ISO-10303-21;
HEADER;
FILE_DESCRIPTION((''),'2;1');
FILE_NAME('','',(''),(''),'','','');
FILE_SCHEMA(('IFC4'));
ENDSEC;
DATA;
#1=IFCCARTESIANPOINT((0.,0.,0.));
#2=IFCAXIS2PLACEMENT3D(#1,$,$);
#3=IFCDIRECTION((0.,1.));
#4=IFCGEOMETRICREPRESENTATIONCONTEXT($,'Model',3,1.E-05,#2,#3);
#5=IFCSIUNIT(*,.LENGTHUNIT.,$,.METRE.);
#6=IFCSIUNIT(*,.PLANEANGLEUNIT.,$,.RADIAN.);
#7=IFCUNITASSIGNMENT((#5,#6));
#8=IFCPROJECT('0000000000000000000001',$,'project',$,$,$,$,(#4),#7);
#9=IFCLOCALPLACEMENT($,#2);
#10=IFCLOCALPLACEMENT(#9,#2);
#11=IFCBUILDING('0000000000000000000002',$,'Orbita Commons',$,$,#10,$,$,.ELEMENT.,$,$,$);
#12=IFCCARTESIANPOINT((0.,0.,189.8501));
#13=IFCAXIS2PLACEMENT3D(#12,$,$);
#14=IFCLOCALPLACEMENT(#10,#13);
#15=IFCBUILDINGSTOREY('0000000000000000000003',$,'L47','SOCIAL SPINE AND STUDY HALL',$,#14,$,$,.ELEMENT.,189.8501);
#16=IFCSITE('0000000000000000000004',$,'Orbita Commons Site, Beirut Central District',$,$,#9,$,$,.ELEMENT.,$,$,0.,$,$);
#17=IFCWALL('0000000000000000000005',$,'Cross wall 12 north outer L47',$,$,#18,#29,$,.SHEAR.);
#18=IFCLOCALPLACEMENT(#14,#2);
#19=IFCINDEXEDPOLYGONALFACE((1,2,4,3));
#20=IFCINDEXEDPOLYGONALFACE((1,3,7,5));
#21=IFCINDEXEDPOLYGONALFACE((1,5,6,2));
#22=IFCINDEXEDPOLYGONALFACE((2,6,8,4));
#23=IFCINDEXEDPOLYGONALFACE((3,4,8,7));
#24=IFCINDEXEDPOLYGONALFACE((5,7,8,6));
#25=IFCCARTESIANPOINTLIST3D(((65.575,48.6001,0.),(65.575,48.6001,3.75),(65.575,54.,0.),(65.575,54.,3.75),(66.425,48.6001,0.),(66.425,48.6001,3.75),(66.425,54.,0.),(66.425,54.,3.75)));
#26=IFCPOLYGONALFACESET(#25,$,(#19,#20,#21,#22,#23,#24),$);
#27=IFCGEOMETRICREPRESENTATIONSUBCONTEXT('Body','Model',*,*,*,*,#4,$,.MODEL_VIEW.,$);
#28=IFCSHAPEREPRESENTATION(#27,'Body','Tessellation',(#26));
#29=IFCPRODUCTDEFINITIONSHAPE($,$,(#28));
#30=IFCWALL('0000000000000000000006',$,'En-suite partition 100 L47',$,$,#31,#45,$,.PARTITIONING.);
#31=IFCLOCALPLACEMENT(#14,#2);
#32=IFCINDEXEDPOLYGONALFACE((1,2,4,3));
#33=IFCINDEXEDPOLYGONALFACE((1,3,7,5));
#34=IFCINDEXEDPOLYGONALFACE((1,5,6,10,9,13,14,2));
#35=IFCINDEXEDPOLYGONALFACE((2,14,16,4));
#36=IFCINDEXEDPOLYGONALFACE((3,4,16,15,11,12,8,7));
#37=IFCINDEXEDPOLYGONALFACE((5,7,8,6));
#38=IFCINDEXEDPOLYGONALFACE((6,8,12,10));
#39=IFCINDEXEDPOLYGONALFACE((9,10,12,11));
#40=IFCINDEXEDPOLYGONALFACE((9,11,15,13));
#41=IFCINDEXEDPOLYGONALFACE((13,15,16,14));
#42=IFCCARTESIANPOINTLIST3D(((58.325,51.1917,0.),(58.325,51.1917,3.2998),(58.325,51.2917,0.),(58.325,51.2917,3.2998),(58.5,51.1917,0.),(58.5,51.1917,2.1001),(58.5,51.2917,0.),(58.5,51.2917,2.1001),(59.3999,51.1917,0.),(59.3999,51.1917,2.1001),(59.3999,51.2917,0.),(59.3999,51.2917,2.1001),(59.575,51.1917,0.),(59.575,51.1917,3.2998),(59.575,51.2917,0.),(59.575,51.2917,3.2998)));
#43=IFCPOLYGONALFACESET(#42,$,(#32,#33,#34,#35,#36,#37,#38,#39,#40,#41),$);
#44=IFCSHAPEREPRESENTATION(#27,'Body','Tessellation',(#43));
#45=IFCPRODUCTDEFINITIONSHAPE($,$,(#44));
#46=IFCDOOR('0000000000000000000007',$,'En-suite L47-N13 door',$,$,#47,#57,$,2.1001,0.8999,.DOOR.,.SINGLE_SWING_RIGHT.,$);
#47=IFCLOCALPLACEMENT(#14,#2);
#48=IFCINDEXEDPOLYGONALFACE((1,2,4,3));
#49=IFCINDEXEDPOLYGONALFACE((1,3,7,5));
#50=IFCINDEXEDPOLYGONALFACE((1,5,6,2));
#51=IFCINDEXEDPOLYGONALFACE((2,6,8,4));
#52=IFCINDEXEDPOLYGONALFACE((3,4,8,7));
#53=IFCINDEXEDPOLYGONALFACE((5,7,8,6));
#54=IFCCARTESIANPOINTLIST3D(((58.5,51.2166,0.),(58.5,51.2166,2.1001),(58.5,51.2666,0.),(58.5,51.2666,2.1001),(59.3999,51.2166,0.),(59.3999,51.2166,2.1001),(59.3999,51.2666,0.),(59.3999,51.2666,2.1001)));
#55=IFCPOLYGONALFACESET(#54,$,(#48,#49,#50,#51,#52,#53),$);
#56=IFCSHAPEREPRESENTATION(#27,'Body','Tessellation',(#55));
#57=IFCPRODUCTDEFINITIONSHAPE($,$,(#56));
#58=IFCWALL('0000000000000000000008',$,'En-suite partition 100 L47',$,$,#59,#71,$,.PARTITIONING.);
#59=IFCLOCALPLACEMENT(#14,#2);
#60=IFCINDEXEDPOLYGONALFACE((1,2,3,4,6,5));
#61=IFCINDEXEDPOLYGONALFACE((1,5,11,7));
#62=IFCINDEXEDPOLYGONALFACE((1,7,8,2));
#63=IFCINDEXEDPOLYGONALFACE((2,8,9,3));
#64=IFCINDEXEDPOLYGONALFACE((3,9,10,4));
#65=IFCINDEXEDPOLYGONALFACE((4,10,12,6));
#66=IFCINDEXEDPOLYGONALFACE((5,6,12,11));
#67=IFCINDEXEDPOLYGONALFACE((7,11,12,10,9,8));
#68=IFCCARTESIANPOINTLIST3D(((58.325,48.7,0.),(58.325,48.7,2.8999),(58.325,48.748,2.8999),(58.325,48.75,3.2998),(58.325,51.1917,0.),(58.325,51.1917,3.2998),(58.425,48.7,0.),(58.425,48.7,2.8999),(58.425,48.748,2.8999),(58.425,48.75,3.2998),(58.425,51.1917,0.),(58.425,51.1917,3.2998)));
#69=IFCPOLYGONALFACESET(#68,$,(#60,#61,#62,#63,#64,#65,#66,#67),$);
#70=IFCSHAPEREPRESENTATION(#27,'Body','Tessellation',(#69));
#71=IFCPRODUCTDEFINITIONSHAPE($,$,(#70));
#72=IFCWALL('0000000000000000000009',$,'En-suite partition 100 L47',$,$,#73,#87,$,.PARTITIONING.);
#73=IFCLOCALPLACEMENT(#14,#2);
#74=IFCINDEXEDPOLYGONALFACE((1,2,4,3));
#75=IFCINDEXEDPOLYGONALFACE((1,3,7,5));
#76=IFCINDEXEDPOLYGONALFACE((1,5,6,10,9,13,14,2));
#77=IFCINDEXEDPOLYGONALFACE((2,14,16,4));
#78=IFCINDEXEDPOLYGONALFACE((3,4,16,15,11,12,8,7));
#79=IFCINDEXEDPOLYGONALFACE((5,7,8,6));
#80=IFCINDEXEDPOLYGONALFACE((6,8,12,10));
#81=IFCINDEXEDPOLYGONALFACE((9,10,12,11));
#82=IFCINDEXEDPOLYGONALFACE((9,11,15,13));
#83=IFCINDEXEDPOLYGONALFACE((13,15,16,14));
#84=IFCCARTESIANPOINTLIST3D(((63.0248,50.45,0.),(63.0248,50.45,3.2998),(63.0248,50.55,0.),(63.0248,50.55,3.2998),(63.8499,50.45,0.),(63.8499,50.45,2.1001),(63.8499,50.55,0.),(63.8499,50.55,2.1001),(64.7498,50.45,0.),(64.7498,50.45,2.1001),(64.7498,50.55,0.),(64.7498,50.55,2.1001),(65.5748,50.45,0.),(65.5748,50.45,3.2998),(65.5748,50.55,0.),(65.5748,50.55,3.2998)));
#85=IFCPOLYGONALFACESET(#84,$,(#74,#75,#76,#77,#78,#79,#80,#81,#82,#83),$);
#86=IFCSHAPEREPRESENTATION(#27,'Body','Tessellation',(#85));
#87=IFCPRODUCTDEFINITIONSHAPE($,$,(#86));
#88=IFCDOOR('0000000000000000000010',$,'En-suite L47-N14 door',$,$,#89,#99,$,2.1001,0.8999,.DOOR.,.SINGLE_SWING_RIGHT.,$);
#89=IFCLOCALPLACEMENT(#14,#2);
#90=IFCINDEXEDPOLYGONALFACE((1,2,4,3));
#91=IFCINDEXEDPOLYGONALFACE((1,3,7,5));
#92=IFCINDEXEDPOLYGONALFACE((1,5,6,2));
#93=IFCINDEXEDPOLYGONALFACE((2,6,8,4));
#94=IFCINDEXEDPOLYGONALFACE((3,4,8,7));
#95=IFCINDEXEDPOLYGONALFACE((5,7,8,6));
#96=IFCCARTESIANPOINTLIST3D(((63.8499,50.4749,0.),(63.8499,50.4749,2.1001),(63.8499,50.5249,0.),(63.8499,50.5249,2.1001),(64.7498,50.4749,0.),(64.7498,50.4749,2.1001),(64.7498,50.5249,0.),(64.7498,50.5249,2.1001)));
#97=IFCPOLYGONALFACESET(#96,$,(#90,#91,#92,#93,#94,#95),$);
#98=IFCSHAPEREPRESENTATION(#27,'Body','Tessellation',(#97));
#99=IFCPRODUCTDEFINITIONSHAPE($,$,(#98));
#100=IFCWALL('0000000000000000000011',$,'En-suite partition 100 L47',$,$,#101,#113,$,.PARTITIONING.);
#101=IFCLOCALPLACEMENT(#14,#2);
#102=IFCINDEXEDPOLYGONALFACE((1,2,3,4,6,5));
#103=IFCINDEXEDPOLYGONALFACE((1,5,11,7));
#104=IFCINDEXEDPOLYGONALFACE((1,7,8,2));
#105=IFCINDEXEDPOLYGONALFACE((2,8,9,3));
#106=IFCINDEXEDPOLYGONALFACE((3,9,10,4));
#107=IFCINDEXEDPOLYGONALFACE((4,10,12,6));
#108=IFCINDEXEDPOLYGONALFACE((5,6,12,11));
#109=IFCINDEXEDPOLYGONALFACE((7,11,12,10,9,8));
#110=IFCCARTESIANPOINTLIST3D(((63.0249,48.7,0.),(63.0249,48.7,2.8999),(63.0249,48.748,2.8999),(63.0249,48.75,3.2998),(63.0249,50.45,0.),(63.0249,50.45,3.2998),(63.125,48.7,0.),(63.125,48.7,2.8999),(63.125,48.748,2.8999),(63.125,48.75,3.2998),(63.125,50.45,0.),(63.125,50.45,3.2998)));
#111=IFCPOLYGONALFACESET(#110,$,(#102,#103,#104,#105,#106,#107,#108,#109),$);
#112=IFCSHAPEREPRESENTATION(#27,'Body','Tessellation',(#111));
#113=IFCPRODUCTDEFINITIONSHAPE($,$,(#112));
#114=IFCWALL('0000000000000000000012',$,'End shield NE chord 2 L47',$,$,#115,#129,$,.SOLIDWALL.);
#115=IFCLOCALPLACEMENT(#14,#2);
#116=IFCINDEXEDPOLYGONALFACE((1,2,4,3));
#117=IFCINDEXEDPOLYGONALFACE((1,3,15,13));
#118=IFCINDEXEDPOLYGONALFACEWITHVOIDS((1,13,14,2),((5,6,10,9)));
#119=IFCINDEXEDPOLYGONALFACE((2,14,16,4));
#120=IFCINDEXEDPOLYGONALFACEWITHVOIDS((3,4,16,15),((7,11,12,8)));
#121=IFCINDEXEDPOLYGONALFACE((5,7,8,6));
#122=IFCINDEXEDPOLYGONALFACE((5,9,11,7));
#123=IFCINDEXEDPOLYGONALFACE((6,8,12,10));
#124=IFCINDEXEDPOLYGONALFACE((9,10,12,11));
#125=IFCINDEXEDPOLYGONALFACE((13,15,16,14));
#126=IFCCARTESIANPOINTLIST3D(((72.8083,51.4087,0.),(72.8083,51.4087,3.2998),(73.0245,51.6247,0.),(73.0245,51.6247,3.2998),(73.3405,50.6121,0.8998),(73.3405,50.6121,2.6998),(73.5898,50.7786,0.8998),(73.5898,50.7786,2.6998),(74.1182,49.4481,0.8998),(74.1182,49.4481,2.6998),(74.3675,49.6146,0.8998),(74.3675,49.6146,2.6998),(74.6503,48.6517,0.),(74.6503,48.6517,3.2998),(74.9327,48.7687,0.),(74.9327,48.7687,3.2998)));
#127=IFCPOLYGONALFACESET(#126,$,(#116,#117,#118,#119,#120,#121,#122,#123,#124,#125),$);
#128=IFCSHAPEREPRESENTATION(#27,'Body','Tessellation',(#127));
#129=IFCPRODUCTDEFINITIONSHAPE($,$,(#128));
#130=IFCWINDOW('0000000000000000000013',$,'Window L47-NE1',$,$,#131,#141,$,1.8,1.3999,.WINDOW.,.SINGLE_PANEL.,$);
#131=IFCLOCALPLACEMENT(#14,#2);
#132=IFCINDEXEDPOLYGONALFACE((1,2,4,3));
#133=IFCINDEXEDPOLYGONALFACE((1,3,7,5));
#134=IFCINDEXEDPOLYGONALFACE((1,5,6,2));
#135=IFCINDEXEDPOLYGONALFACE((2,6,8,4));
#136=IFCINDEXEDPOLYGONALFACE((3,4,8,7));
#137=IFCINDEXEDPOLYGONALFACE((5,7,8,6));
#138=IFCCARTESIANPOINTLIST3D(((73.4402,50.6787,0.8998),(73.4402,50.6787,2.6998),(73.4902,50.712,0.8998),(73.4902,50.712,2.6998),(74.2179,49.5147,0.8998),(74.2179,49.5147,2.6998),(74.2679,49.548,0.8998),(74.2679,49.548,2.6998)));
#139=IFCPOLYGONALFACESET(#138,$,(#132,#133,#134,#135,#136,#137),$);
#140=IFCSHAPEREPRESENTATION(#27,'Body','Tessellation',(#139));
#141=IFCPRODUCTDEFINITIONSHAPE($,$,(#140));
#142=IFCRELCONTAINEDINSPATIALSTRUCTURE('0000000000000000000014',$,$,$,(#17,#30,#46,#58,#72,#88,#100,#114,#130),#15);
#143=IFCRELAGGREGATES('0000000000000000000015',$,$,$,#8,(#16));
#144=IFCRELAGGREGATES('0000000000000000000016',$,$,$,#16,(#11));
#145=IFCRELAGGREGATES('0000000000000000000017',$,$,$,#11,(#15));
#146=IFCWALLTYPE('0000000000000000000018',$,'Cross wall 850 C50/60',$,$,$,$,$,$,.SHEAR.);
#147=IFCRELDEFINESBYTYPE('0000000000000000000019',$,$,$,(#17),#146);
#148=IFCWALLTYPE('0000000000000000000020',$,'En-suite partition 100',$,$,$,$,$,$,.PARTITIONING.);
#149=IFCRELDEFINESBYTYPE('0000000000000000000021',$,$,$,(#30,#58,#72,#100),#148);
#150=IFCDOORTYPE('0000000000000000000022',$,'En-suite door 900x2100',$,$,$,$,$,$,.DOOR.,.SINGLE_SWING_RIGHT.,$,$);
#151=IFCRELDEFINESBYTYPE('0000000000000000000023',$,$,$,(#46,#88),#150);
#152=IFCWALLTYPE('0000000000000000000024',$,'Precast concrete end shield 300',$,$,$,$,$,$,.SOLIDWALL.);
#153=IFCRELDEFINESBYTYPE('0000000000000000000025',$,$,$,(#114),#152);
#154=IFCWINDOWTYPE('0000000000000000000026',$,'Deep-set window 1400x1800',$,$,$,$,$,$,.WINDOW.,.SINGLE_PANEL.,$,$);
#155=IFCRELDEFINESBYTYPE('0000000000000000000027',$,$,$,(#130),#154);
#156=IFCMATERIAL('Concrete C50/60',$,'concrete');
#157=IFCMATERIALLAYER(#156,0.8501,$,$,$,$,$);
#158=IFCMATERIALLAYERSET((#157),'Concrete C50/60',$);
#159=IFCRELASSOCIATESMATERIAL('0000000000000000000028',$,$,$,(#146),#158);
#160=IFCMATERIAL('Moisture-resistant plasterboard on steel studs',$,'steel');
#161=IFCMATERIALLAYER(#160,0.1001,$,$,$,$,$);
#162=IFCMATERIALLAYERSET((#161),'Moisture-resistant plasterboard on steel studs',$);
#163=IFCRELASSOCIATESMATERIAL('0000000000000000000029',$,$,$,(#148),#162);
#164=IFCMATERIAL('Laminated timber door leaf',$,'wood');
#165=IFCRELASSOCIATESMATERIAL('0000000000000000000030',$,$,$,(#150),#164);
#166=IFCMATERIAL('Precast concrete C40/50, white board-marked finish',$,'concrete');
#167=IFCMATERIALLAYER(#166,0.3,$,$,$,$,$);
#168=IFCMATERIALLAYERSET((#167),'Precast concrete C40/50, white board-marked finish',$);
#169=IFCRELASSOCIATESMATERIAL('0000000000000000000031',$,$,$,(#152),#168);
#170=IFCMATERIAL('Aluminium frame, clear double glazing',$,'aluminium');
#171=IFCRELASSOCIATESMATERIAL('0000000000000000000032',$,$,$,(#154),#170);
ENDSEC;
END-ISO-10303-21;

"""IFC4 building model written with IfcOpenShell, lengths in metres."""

from ifc_helpers import new_model, si_unit, direction, frame, frame_2d, origin, place, context, subcontext, project, spatial, polyline, rectangle, outline, extrude, material, layer, layer_set, type_object, element, fill, save


model = new_model("IFC4")

# Units and contexts
model_context = context("Model", 3, precision=1e-05, world=origin(), true_north=direction((0.0, 1.0)))
body_context = subcontext(model_context, "Body", "Model", "MODEL_VIEW")
ifc_project = project(units=[si_unit("LENGTHUNIT", "METRE"), si_unit("PLANEANGLEUNIT", "RADIAN")], contexts=[model_context])

# Site, building, storey
site_placement = place(None, origin())
site = spatial("IfcSite", under=ifc_project, at=site_placement, Name="Orbita Commons Site, Beirut Central District", CompositionType="ELEMENT", RefElevation=0.0)
building_placement = place(site_placement, origin())
building = spatial("IfcBuilding", under=site, at=building_placement, Name="Orbita Commons", CompositionType="ELEMENT")
storey_placement = place(building_placement, frame((0.0, 0.0, 189.8501)))
storey = spatial("IfcBuildingStorey", under=building, at=storey_placement, Name="L47", Description="SOCIAL SPINE AND STUDY HALL", CompositionType="ELEMENT", Elevation=189.8501)

# Wall
ifc_material_1 = material(Name="Concrete C50/60", Category="concrete")
ifc_layer_1 = layer(ifc_material_1, 0.8501)
ifc_layer_set_1 = layer_set([ifc_layer_1], Name="Concrete C50/60")
wall_type_1 = type_object("IfcWallType", Name="Cross wall 850 C50/60", PredefinedType="SHEAR", material=ifc_layer_set_1)
for number, where, z_axis, x_axis, name in (
    (1, (66.0, 48.6001, 0.0), (0.0, 0.0, 1.0), (0.0, 1.0, 0.0), "Cross wall 12 north outer L47"),
):
    element("IfcWall", number, at=place(storey_placement, frame(where, z_axis=z_axis, x_axis=x_axis)), inside=storey, type_object=wall_type_1, Name=name, PredefinedType="SHEAR", context=body_context, shape_type="SweptSolid", body=[
        extrude(rectangle(XDim=5.3999, YDim=0.8501, at=frame_2d((2.7, 0.0))), origin(), (0.0, 0.0, 1.0), 3.75),
    ])

# Wall, opening, door
ifc_material_2 = material(Name="Moisture-resistant plasterboard on steel studs", Category="steel")
ifc_layer_2 = layer(ifc_material_2, 0.1001)
ifc_layer_set_2 = layer_set([ifc_layer_2], Name="Moisture-resistant plasterboard on steel studs")
wall_type_2 = type_object("IfcWallType", Name="En-suite partition 100", PredefinedType="PARTITIONING", material=ifc_layer_set_2)
wall_1_placement = place(storey_placement, frame((58.325, 51.2417, 0.0), z_axis=(0.0, 0.0, 1.0), x_axis=(1.0, 0.0, 0.0)))
wall_1 = element("IfcWall", 2, at=wall_1_placement, inside=storey, type_object=wall_type_2, Name="En-suite partition 100 L47", PredefinedType="PARTITIONING", context=body_context, shape_type="SweptSolid", body=[
    extrude(rectangle(XDim=1.25, YDim=0.1001, at=frame_2d((0.625, 0.0))), origin(), (0.0, 0.0, 1.0), 3.2998),
])
opening_1_placement = place(wall_1_placement, frame((0.175, 0.0, 0.0)))
opening_1 = element("IfcOpeningElement", 3, at=opening_1_placement, cuts=wall_1, PredefinedType="OPENING", context=body_context, shape_type="SweptSolid", body=[
    extrude(rectangle(XDim=0.8999, YDim=2.1001, at=frame_2d((0.45, 1.05))), frame((0.0, 0.0601, 0.0), z_axis=(0.0, -1.0, 0.0), x_axis=(1.0, 0.0, 0.0)), (0.0, 0.0, 1.0), 0.1201),
])
ifc_material_3 = material(Name="Laminated timber door leaf", Category="wood")
door_type_1 = type_object("IfcDoorType", Name="En-suite door 900x2100", OperationType="SINGLE_SWING_RIGHT", PredefinedType="DOOR", material=ifc_material_3)
door_1_placement = place(opening_1_placement, origin())
door_1 = element("IfcDoor", 4, at=door_1_placement, inside=storey, type_object=door_type_1, Name="En-suite L47-N13 door", OperationType="SINGLE_SWING_RIGHT", OverallHeight=2.1001, OverallWidth=0.8999, PredefinedType="DOOR", context=body_context, shape_type="SweptSolid", body=[
    extrude(rectangle(XDim=0.8999, YDim=2.1001, at=frame_2d((0.45, 1.05))), frame((0.0, 0.0249, 0.0), z_axis=(0.0, -1.0, 0.0), x_axis=(1.0, 0.0, 0.0)), (0.0, 0.0, 1.0), 0.05),
])
fill(opening_1, door_1)

# Wall
wall_2_placement = place(storey_placement, frame((58.375, 51.1917, 0.0), z_axis=(0.0, 0.0, 1.0), x_axis=(0.0, -1.0, 0.0)))
element("IfcWall", 5, at=wall_2_placement, inside=storey, type_object=wall_type_2, Name="En-suite partition 100 L47", PredefinedType="PARTITIONING", context=body_context, shape_type="SweptSolid", body=[
    extrude(outline(polyline([(0.0, 0.0), (2.4917, 0.0), (2.4917, 2.8999), (2.4436, 2.8999), (2.4417, 3.2998), (0.0, 3.2998), (0.0, 0.0)])), frame((0.0, 0.05, 0.0), z_axis=(0.0, -1.0, 0.0), x_axis=(1.0, 0.0, 0.0)), (0.0, 0.0, 1.0), 0.1001),
])

# Wall, opening, door
wall_3_placement = place(storey_placement, frame((63.0249, 50.5, 0.0), z_axis=(0.0, 0.0, 1.0), x_axis=(1.0, 0.0, 0.0)))
wall_3 = element("IfcWall", 6, at=wall_3_placement, inside=storey, type_object=wall_type_2, Name="En-suite partition 100 L47", PredefinedType="PARTITIONING", context=body_context, shape_type="SweptSolid", body=[
    extrude(rectangle(XDim=2.55, YDim=0.1001, at=frame_2d((1.2749, 0.0))), origin(), (0.0, 0.0, 1.0), 3.2998),
])
opening_2_placement = place(wall_3_placement, frame((0.825, 0.0, 0.0)))
opening_2 = element("IfcOpeningElement", 7, at=opening_2_placement, cuts=wall_3, PredefinedType="OPENING", context=body_context, shape_type="SweptSolid", body=[
    extrude(rectangle(XDim=0.8999, YDim=2.1001, at=frame_2d((0.45, 1.05))), frame((0.0, 0.0601, 0.0), z_axis=(0.0, -1.0, 0.0), x_axis=(1.0, 0.0, 0.0)), (0.0, 0.0, 1.0), 0.1201),
])
door_2_placement = place(opening_2_placement, origin())
door_2 = element("IfcDoor", 8, at=door_2_placement, inside=storey, type_object=door_type_1, Name="En-suite L47-N14 door", OperationType="SINGLE_SWING_RIGHT", OverallHeight=2.1001, OverallWidth=0.8999, PredefinedType="DOOR", context=body_context, shape_type="SweptSolid", body=[
    extrude(rectangle(XDim=0.8999, YDim=2.1001, at=frame_2d((0.45, 1.05))), frame((0.0, 0.0249, 0.0), z_axis=(0.0, -1.0, 0.0), x_axis=(1.0, 0.0, 0.0)), (0.0, 0.0, 1.0), 0.05),
])
fill(opening_2, door_2)

# Wall
wall_4_placement = place(storey_placement, frame((63.075, 50.45, 0.0), z_axis=(0.0, 0.0, 1.0), x_axis=(0.0, -1.0, 0.0)))
element("IfcWall", 9, at=wall_4_placement, inside=storey, type_object=wall_type_2, Name="En-suite partition 100 L47", PredefinedType="PARTITIONING", context=body_context, shape_type="SweptSolid", body=[
    extrude(outline(polyline([(0.0, 0.0), (1.75, 0.0), (1.75, 2.8999), (1.7019, 2.8999), (1.7, 3.2998), (0.0, 3.2998), (0.0, 0.0)])), frame((0.0, 0.05, 0.0), z_axis=(0.0, -1.0, 0.0), x_axis=(1.0, 0.0, 0.0)), (0.0, 0.0, 1.0), 0.1001),
])

# Wall, opening, window
ifc_material_4 = material(Name="Precast concrete C40/50, white board-marked finish", Category="concrete")
ifc_layer_3 = layer(ifc_material_4, 0.3)
ifc_layer_set_3 = layer_set([ifc_layer_3], Name="Precast concrete C40/50, white board-marked finish")
wall_type_3 = type_object("IfcWallType", Name="Precast concrete end shield 300", PredefinedType="SOLIDWALL", material=ifc_layer_set_3)
wall_5_placement = place(storey_placement, frame((74.7915, 48.7102, 0.0), z_axis=(0.0, 0.0, 1.0), x_axis=(-0.555535, 0.831493, 0.0)))
wall_5 = element("IfcWall", 10, at=wall_5_placement, inside=storey, type_object=wall_type_3, Name="End shield NE chord 2 L47", PredefinedType="SOLIDWALL", context=body_context, shape_type="SweptSolid", body=[
    extrude(outline(polyline([(-0.0298, -0.1499), (3.405, -0.1499), (3.3455, 0.1499), (0.0298, 0.1499), (-0.0298, -0.1499)])), origin(), (0.0, 0.0, 1.0), 3.2998),
])
opening_3_placement = place(wall_5_placement, frame((0.9875, 0.0, 0.8999)))
opening_3 = element("IfcOpeningElement", 11, at=opening_3_placement, cuts=wall_5, PredefinedType="OPENING", context=body_context, shape_type="SweptSolid", body=[
    extrude(rectangle(XDim=1.3999, YDim=1.8, at=frame_2d((0.7, 0.8999))), frame((0.0, 0.1599, 0.0), z_axis=(0.0, -1.0, 0.0), x_axis=(1.0, 0.0, 0.0)), (0.0, 0.0, 1.0), 0.3201),
])
ifc_material_5 = material(Name="Aluminium frame, clear double glazing", Category="aluminium")
window_type = type_object("IfcWindowType", Name="Deep-set window 1400x1800", PartitioningType="SINGLE_PANEL", PredefinedType="WINDOW", material=ifc_material_5)
window_placement = place(opening_3_placement, origin())
window = element("IfcWindow", 12, at=window_placement, inside=storey, type_object=window_type, Name="Window L47-NE1", OverallHeight=1.8, OverallWidth=1.3999, PartitioningType="SINGLE_PANEL", PredefinedType="WINDOW", context=body_context, shape_type="SweptSolid", body=[
    extrude(rectangle(XDim=1.3999, YDim=1.8, at=frame_2d((0.7, 0.8999))), frame((0.0, 0.03, 0.0), z_axis=(0.0, -1.0, 0.0), x_axis=(1.0, 0.0, 0.0)), (0.0, 0.0, 1.0), 0.0601),
])
fill(opening_3, window)

save(model, "model.ifc")
